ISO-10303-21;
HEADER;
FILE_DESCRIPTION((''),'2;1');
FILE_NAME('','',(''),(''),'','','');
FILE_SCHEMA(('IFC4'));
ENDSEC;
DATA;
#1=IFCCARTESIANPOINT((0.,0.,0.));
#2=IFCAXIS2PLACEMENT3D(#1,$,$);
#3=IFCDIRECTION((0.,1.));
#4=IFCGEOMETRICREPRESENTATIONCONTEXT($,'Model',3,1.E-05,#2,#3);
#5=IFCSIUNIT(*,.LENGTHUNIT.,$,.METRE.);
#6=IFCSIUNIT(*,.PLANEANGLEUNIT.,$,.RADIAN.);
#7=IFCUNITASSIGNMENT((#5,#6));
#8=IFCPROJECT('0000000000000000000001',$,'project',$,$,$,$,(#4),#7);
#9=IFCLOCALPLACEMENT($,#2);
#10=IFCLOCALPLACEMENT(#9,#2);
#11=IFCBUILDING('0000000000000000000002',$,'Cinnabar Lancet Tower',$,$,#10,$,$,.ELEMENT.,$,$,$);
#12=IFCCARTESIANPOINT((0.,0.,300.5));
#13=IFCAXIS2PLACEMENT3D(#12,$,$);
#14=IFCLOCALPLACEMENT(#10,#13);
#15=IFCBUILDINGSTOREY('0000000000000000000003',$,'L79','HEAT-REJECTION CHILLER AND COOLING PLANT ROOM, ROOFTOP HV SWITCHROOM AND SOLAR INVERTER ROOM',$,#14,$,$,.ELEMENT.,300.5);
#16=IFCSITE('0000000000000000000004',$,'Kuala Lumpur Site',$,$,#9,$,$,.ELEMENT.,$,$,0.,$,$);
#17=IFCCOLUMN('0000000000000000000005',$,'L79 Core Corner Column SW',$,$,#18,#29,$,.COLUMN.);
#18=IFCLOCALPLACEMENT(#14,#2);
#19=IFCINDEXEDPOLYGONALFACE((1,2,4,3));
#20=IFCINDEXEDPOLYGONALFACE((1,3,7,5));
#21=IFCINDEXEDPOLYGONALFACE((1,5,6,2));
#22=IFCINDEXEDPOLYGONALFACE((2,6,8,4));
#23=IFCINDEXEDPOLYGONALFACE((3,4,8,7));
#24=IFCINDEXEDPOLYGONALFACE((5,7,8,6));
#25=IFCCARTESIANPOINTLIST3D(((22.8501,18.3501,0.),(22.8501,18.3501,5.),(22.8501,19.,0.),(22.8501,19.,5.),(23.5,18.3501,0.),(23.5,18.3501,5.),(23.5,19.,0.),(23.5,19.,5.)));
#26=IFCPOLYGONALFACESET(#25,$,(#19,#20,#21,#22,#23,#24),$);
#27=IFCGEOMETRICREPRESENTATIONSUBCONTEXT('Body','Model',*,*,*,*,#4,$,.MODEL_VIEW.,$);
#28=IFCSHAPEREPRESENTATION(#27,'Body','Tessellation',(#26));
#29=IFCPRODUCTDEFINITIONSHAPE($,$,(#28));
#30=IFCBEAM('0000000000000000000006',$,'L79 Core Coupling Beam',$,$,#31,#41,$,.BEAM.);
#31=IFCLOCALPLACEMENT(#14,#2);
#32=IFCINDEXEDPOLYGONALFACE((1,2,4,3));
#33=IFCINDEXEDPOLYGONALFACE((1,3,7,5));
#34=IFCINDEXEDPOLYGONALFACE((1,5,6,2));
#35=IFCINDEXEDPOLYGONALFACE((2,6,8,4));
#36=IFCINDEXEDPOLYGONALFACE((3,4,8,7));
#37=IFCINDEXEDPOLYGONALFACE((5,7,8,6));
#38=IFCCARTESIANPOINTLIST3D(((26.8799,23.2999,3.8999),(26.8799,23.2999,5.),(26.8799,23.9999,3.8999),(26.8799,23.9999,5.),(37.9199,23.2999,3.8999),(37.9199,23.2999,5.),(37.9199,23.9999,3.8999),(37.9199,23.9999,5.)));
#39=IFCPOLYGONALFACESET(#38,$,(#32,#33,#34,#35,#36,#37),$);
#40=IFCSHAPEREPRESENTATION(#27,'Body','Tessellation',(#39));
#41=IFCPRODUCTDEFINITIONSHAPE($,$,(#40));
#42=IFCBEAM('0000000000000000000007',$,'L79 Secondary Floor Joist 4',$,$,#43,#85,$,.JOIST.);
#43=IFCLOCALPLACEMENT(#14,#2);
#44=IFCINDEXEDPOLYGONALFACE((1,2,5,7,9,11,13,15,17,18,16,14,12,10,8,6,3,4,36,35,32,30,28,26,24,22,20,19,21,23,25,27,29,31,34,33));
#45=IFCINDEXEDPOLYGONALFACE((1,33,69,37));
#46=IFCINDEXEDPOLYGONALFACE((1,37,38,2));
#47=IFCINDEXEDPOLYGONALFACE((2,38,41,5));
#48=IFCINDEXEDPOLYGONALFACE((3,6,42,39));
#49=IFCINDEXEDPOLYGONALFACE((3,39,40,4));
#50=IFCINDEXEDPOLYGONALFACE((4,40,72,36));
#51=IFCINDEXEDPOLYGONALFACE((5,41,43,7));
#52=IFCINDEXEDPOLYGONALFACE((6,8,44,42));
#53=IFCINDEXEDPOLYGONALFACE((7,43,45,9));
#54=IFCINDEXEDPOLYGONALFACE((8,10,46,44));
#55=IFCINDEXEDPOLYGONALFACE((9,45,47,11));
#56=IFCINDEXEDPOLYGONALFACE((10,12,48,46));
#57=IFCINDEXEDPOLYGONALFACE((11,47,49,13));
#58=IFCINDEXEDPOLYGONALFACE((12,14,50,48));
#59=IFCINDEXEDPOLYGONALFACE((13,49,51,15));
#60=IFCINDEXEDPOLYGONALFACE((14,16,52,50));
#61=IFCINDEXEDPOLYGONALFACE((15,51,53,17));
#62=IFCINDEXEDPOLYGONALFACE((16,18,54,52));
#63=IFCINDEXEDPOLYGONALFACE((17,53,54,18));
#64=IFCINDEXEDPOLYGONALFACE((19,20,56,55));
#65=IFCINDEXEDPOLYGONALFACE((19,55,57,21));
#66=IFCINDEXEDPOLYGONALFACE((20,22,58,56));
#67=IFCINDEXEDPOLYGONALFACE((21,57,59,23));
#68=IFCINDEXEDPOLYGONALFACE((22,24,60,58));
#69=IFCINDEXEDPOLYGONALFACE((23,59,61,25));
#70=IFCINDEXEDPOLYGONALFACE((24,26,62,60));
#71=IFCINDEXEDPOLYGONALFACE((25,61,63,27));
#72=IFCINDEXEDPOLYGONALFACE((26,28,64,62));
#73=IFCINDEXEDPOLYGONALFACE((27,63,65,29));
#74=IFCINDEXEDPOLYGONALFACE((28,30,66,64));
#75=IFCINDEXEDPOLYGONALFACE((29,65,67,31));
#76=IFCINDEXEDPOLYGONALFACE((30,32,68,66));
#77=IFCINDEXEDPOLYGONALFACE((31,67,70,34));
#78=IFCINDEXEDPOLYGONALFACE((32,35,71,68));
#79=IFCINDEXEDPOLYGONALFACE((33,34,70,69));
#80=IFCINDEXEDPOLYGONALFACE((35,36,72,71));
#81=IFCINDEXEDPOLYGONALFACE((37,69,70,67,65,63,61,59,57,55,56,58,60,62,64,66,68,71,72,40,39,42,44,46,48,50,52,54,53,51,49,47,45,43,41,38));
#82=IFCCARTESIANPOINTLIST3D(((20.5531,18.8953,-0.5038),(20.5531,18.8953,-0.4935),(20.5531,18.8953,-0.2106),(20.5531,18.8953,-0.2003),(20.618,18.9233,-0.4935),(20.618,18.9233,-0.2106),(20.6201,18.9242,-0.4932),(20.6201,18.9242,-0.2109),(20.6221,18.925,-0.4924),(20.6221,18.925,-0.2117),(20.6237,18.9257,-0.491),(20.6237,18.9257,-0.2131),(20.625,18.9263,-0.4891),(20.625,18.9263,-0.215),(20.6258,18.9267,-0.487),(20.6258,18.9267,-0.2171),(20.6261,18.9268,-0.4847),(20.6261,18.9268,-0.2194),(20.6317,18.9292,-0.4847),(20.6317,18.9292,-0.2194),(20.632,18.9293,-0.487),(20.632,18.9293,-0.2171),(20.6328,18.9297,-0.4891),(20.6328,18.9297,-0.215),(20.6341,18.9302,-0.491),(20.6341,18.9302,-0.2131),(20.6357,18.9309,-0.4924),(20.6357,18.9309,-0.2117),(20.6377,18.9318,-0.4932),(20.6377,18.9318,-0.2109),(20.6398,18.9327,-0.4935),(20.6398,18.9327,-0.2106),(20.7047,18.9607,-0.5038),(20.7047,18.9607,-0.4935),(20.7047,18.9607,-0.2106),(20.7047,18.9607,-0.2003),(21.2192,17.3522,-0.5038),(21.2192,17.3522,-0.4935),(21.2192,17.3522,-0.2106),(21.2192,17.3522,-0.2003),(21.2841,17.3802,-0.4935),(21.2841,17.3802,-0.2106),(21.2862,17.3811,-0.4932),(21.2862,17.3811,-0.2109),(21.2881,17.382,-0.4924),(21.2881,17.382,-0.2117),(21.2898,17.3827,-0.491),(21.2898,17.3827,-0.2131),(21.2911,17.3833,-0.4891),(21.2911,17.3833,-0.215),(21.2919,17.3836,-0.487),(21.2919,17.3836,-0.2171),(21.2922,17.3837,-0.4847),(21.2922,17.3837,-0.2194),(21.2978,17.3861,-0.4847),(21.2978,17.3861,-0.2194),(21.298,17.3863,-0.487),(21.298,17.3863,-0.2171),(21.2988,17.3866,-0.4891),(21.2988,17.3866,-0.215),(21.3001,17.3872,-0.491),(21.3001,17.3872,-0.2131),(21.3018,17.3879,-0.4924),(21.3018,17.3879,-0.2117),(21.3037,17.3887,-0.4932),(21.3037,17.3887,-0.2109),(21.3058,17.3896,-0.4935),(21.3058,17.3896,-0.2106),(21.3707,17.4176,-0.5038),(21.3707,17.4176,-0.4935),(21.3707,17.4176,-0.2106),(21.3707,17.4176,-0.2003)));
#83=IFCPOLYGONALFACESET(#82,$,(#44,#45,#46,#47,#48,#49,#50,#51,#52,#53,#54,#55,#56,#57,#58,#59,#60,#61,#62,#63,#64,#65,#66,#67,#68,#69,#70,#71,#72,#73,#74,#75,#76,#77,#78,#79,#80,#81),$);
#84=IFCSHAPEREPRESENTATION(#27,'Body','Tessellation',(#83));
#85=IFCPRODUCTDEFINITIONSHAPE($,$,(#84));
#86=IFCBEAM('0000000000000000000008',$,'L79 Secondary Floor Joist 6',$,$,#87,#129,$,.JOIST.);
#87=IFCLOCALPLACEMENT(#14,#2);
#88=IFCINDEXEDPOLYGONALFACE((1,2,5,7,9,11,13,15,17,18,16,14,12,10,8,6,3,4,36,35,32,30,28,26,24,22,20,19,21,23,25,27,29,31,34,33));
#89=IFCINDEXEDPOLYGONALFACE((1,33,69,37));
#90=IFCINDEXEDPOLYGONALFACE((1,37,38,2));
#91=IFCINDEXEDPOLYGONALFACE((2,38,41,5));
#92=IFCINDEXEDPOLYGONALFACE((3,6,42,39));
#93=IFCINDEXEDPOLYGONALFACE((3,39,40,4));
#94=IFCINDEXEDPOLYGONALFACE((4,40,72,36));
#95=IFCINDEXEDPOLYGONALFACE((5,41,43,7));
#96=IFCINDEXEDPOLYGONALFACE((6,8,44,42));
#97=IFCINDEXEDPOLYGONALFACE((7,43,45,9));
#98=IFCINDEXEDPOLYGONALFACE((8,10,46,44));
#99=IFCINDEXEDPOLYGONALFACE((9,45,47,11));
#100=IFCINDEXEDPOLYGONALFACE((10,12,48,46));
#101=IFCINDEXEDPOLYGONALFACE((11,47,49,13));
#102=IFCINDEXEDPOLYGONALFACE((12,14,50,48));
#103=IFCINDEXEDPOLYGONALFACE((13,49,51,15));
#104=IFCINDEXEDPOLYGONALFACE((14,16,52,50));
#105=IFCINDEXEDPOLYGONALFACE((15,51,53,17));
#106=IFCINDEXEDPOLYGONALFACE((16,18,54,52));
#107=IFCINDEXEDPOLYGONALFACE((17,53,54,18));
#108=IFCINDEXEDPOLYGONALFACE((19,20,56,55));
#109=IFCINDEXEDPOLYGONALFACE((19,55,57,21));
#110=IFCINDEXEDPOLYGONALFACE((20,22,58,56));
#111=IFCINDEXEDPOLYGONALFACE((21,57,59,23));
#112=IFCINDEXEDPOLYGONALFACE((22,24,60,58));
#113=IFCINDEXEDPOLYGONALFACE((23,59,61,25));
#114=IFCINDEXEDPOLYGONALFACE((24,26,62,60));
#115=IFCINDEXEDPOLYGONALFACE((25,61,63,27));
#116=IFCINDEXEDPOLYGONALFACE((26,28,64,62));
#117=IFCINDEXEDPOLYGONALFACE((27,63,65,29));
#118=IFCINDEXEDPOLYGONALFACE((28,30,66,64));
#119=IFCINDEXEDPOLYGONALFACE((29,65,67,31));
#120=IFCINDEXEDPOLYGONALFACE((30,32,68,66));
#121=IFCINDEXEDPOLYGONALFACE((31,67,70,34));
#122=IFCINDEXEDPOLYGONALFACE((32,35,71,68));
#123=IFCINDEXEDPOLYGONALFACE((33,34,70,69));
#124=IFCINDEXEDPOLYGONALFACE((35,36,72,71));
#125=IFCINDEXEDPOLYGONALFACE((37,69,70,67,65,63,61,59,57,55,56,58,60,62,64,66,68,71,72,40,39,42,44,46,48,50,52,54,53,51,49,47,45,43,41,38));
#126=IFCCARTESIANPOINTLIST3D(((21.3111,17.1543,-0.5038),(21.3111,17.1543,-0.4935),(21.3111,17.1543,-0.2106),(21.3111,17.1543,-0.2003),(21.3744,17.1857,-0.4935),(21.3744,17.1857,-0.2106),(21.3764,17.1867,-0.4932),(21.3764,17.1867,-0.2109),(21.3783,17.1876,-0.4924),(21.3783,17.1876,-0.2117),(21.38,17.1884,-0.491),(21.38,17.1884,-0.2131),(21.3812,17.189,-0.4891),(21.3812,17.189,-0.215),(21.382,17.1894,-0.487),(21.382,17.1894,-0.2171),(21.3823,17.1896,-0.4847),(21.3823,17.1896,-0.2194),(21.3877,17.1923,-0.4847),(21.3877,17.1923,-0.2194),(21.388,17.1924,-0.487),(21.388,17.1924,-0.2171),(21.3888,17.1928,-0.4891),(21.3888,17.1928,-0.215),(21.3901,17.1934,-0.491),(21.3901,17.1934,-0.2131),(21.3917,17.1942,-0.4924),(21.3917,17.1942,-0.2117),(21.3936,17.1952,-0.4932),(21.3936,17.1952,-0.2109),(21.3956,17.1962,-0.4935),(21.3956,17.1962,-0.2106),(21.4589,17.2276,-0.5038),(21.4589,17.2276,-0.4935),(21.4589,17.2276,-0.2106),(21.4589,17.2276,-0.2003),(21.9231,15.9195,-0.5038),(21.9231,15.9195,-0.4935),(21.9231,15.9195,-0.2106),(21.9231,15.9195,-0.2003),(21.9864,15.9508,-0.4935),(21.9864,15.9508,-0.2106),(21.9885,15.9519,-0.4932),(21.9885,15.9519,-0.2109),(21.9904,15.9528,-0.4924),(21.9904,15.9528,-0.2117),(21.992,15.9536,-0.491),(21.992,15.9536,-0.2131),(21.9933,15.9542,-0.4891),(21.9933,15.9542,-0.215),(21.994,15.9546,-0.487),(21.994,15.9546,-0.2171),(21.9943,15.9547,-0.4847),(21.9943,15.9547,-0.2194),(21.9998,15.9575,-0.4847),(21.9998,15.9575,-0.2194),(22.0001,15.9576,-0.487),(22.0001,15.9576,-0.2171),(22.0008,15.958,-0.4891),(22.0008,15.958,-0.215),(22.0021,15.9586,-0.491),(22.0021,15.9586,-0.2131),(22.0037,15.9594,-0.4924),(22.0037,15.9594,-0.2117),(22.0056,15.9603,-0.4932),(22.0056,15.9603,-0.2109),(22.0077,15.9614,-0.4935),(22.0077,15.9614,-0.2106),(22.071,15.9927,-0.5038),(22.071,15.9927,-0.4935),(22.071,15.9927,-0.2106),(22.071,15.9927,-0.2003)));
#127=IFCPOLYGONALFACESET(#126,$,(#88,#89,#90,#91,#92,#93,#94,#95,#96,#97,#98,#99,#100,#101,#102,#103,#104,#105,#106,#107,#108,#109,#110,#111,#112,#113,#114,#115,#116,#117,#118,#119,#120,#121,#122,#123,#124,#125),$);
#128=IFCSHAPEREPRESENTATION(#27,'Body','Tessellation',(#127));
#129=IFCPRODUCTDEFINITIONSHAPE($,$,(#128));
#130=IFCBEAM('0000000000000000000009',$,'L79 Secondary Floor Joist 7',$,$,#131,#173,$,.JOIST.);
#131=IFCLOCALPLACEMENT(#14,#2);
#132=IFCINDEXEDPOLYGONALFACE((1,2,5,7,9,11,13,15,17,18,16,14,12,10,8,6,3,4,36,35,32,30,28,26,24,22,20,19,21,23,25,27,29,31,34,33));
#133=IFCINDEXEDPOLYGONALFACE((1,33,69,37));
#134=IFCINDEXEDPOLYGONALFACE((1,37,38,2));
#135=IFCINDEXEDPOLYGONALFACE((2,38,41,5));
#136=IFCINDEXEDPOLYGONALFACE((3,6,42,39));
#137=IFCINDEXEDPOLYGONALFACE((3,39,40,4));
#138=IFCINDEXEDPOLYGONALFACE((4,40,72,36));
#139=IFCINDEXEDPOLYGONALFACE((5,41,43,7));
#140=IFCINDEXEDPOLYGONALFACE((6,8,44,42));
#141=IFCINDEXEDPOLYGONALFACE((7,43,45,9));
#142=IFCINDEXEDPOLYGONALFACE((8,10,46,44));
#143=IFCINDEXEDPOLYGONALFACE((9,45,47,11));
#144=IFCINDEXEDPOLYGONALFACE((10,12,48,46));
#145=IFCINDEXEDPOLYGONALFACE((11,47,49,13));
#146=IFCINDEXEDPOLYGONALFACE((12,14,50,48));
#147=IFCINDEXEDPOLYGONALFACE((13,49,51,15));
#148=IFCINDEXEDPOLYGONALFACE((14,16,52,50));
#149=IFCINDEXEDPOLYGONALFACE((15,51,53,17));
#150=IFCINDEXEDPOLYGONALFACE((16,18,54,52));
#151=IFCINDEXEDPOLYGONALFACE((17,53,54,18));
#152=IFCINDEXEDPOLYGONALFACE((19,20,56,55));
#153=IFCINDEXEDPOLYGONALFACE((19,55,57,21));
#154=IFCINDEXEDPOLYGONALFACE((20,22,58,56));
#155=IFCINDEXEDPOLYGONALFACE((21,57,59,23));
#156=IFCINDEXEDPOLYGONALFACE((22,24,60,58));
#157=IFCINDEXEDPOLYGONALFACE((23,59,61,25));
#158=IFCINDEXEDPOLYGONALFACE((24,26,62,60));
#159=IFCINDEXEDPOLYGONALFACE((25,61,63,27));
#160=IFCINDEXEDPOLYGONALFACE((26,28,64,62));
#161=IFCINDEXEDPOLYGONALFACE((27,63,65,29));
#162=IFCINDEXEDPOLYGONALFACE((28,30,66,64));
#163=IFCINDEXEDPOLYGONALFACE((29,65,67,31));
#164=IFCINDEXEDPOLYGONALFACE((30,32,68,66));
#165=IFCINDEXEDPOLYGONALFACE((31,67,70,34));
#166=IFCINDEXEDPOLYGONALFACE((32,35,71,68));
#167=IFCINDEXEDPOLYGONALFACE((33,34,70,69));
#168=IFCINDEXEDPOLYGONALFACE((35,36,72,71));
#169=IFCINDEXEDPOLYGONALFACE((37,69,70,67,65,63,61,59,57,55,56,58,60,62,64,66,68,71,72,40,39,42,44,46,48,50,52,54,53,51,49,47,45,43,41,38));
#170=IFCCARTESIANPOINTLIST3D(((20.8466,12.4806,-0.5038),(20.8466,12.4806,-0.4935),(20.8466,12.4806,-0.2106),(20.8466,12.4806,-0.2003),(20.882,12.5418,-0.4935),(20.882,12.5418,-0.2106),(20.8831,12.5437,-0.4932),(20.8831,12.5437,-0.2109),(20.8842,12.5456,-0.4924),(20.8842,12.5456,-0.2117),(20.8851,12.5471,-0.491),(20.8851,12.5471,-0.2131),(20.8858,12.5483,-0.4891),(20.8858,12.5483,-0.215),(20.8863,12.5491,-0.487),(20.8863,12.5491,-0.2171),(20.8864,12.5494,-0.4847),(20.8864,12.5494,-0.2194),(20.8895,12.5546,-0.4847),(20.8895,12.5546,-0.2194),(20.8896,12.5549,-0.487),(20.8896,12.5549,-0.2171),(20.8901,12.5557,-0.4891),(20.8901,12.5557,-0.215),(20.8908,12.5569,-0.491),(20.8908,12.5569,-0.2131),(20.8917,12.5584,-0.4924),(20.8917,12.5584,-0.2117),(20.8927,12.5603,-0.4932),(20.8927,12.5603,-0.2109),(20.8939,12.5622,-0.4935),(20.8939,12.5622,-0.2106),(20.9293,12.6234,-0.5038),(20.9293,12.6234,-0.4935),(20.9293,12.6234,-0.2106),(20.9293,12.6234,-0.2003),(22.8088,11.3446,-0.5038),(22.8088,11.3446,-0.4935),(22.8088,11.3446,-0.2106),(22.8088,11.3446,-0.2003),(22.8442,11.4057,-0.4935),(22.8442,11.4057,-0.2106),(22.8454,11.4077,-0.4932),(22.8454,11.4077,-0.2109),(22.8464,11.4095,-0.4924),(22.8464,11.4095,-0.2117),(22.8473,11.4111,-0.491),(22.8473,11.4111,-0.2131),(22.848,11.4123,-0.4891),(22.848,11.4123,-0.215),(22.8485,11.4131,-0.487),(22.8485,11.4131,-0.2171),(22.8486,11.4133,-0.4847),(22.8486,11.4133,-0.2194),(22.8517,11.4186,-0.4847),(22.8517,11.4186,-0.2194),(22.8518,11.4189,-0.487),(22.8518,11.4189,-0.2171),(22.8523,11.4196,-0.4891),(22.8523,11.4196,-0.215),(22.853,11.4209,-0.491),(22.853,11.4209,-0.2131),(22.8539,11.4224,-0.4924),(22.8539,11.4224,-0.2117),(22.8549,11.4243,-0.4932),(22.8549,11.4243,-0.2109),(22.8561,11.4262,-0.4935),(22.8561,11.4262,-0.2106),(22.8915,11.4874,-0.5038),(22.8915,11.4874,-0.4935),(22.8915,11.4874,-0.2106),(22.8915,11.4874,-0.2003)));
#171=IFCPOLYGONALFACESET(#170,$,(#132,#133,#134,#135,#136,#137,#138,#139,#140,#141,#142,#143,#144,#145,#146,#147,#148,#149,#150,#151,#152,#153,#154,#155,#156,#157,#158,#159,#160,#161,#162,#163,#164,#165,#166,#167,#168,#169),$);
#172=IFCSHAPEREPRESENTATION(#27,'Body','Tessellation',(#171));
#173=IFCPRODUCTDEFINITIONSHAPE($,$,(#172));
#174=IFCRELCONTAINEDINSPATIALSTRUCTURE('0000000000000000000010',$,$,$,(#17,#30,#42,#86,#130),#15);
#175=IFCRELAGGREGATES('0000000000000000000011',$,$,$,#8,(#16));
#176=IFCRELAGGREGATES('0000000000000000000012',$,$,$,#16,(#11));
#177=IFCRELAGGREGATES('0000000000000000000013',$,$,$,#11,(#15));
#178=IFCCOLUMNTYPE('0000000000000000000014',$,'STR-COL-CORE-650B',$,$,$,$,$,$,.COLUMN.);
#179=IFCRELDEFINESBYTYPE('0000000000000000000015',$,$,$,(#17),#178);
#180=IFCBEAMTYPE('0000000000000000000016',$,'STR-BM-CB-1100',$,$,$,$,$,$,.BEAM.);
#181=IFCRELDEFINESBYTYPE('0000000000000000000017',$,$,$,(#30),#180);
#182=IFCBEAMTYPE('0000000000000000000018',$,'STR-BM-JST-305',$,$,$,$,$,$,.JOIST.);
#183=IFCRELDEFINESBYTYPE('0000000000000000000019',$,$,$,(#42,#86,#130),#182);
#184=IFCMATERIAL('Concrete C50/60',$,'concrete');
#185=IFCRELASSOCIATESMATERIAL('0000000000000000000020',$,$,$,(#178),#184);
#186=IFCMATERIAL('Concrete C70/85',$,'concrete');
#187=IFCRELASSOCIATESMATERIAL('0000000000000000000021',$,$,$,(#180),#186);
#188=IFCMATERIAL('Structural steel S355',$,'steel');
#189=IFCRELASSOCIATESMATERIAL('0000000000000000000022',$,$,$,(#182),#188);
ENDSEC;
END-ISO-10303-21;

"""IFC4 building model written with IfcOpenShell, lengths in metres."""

from ifc_helpers import new_model, si_unit, direction, frame, origin, origin_2d, place, context, subcontext, project, spatial, rectangle, i_section, extrude, material, material_profile, profile_set, type_object, element, save


model = new_model("IFC4")

# Units and contexts
model_context = context("Model", 3, precision=1e-05, world=origin(), true_north=direction((0.0, 1.0)))
body_context = subcontext(model_context, "Body", "Model", "MODEL_VIEW")
ifc_project = project(units=[si_unit("LENGTHUNIT", "METRE"), si_unit("PLANEANGLEUNIT", "RADIAN")], contexts=[model_context])

# Site, building, storey
site_placement = place(None, origin())
site = spatial("IfcSite", under=ifc_project, at=site_placement, Name="Kuala Lumpur Site", CompositionType="ELEMENT", RefElevation=0.0)
building_placement = place(site_placement, origin())
building = spatial("IfcBuilding", under=site, at=building_placement, Name="Cinnabar Lancet Tower", CompositionType="ELEMENT")
storey_placement = place(building_placement, frame((0.0, 0.0, 300.5)))
storey = spatial("IfcBuildingStorey", under=building, at=storey_placement, Name="L79", Description="HEAT-REJECTION CHILLER AND COOLING PLANT ROOM, ROOFTOP HV SWITCHROOM AND SOLAR INVERTER ROOM", CompositionType="ELEMENT", Elevation=300.5)

# Column
ifc_material_1 = material(Name="Concrete C50/60", Category="concrete")
ifc_material_profile_1 = material_profile(ifc_material_1, rectangle(XDim=0.6499, YDim=0.6499, at=origin_2d()), Name="RC-COL 650x650")
ifc_profile_set_1 = profile_set([ifc_material_profile_1], Name="Concrete C50/60")
column_type = type_object("IfcColumnType", Name="STR-COL-CORE-650B", PredefinedType="COLUMN", material=ifc_profile_set_1)
column_placement = place(storey_placement, frame((23.175, 18.675, 0.0), z_axis=(0.0, 0.0, 1.0), x_axis=(1.0, 0.0, 0.0)))
element("IfcColumn", 1, at=column_placement, inside=storey, type_object=column_type, Name="L79 Core Corner Column SW", PredefinedType="COLUMN", context=body_context, shape_type="SweptSolid", body=[
    extrude(rectangle(XDim=0.6499, YDim=0.6499, at=origin_2d()), origin(), (0.0, 0.0, 1.0), 5.0),
])

# Beams
ifc_material_2 = material(Name="Concrete C70/85", Category="concrete")
ifc_material_profile_2 = material_profile(ifc_material_2, rectangle(XDim=0.7, YDim=1.1001, at=origin_2d()), Name="RC-CB 700x1100")
ifc_profile_set_2 = profile_set([ifc_material_profile_2], Name="Concrete C70/85")
beam_type_1 = type_object("IfcBeamType", Name="STR-BM-CB-1100", PredefinedType="BEAM", material=ifc_profile_set_2)
beam_1_placement = place(storey_placement, frame((26.8799, 23.6499, 4.45), z_axis=(1.0, 0.0, 0.0), x_axis=(0.0, 1.0, 0.0)))
element("IfcBeam", 2, at=beam_1_placement, inside=storey, type_object=beam_type_1, Name="L79 Core Coupling Beam", PredefinedType="BEAM", context=body_context, shape_type="SweptSolid", body=[
    extrude(rectangle(XDim=0.7, YDim=1.1001, at=origin_2d()), origin(), (0.0, 0.0, 1.0), 11.04),
])
ifc_material_3 = material(Name="Structural steel S355", Category="steel")
ifc_material_profile_3 = material_profile(ifc_material_3, i_section(OverallWidth=0.165, OverallDepth=0.3035, WebThickness=0.0061, FlangeThickness=0.0103, FilletRadius=0.0088, at=origin_2d()), Name="UKB 305x165x40")
ifc_profile_set_3 = profile_set([ifc_material_profile_3], Name="Structural steel S355")
beam_type_2 = type_object("IfcBeamType", Name="STR-BM-JST-305", PredefinedType="JOIST", material=ifc_profile_set_3)
beam_2_placement = place(storey_placement, frame((20.6289, 18.928, -0.3521), z_axis=(0.396302, -0.91812, 0.0), x_axis=(0.91812, 0.396302, 0.0)))
element("IfcBeam", 3, at=beam_2_placement, inside=storey, type_object=beam_type_2, Name="L79 Secondary Floor Joist 4", PredefinedType="JOIST", context=body_context, shape_type="SweptSolid", body=[
    extrude(i_section(OverallWidth=0.165, OverallDepth=0.3035, WebThickness=0.0061, FlangeThickness=0.0103, FilletRadius=0.0088, at=origin_2d()), origin(), (0.0, 0.0, 1.0), 1.6807),
])
beam_3_placement = place(storey_placement, frame((21.385, 17.1909, -0.3521), z_axis=(0.444093, -0.895981, 0.0), x_axis=(0.895981, 0.444093, 0.0)))
element("IfcBeam", 4, at=beam_3_placement, inside=storey, type_object=beam_type_2, Name="L79 Secondary Floor Joist 6", PredefinedType="JOIST", context=body_context, shape_type="SweptSolid", body=[
    extrude(i_section(OverallWidth=0.165, OverallDepth=0.3035, WebThickness=0.0061, FlangeThickness=0.0103, FilletRadius=0.0088, at=origin_2d()), origin(), (0.0, 0.0, 1.0), 1.3782),
])
beam_4_placement = place(storey_placement, frame((20.8879, 12.552, -0.3521), z_axis=(0.865426, -0.501036, 0.0), x_axis=(0.501036, 0.865426, 0.0)))
element("IfcBeam", 5, at=beam_4_placement, inside=storey, type_object=beam_type_2, Name="L79 Secondary Floor Joist 7", PredefinedType="JOIST", context=body_context, shape_type="SweptSolid", body=[
    extrude(i_section(OverallWidth=0.165, OverallDepth=0.3035, WebThickness=0.0061, FlangeThickness=0.0103, FilletRadius=0.0088, at=origin_2d()), origin(), (0.0, 0.0, 1.0), 2.2673),
])

save(model, "model.ifc")
